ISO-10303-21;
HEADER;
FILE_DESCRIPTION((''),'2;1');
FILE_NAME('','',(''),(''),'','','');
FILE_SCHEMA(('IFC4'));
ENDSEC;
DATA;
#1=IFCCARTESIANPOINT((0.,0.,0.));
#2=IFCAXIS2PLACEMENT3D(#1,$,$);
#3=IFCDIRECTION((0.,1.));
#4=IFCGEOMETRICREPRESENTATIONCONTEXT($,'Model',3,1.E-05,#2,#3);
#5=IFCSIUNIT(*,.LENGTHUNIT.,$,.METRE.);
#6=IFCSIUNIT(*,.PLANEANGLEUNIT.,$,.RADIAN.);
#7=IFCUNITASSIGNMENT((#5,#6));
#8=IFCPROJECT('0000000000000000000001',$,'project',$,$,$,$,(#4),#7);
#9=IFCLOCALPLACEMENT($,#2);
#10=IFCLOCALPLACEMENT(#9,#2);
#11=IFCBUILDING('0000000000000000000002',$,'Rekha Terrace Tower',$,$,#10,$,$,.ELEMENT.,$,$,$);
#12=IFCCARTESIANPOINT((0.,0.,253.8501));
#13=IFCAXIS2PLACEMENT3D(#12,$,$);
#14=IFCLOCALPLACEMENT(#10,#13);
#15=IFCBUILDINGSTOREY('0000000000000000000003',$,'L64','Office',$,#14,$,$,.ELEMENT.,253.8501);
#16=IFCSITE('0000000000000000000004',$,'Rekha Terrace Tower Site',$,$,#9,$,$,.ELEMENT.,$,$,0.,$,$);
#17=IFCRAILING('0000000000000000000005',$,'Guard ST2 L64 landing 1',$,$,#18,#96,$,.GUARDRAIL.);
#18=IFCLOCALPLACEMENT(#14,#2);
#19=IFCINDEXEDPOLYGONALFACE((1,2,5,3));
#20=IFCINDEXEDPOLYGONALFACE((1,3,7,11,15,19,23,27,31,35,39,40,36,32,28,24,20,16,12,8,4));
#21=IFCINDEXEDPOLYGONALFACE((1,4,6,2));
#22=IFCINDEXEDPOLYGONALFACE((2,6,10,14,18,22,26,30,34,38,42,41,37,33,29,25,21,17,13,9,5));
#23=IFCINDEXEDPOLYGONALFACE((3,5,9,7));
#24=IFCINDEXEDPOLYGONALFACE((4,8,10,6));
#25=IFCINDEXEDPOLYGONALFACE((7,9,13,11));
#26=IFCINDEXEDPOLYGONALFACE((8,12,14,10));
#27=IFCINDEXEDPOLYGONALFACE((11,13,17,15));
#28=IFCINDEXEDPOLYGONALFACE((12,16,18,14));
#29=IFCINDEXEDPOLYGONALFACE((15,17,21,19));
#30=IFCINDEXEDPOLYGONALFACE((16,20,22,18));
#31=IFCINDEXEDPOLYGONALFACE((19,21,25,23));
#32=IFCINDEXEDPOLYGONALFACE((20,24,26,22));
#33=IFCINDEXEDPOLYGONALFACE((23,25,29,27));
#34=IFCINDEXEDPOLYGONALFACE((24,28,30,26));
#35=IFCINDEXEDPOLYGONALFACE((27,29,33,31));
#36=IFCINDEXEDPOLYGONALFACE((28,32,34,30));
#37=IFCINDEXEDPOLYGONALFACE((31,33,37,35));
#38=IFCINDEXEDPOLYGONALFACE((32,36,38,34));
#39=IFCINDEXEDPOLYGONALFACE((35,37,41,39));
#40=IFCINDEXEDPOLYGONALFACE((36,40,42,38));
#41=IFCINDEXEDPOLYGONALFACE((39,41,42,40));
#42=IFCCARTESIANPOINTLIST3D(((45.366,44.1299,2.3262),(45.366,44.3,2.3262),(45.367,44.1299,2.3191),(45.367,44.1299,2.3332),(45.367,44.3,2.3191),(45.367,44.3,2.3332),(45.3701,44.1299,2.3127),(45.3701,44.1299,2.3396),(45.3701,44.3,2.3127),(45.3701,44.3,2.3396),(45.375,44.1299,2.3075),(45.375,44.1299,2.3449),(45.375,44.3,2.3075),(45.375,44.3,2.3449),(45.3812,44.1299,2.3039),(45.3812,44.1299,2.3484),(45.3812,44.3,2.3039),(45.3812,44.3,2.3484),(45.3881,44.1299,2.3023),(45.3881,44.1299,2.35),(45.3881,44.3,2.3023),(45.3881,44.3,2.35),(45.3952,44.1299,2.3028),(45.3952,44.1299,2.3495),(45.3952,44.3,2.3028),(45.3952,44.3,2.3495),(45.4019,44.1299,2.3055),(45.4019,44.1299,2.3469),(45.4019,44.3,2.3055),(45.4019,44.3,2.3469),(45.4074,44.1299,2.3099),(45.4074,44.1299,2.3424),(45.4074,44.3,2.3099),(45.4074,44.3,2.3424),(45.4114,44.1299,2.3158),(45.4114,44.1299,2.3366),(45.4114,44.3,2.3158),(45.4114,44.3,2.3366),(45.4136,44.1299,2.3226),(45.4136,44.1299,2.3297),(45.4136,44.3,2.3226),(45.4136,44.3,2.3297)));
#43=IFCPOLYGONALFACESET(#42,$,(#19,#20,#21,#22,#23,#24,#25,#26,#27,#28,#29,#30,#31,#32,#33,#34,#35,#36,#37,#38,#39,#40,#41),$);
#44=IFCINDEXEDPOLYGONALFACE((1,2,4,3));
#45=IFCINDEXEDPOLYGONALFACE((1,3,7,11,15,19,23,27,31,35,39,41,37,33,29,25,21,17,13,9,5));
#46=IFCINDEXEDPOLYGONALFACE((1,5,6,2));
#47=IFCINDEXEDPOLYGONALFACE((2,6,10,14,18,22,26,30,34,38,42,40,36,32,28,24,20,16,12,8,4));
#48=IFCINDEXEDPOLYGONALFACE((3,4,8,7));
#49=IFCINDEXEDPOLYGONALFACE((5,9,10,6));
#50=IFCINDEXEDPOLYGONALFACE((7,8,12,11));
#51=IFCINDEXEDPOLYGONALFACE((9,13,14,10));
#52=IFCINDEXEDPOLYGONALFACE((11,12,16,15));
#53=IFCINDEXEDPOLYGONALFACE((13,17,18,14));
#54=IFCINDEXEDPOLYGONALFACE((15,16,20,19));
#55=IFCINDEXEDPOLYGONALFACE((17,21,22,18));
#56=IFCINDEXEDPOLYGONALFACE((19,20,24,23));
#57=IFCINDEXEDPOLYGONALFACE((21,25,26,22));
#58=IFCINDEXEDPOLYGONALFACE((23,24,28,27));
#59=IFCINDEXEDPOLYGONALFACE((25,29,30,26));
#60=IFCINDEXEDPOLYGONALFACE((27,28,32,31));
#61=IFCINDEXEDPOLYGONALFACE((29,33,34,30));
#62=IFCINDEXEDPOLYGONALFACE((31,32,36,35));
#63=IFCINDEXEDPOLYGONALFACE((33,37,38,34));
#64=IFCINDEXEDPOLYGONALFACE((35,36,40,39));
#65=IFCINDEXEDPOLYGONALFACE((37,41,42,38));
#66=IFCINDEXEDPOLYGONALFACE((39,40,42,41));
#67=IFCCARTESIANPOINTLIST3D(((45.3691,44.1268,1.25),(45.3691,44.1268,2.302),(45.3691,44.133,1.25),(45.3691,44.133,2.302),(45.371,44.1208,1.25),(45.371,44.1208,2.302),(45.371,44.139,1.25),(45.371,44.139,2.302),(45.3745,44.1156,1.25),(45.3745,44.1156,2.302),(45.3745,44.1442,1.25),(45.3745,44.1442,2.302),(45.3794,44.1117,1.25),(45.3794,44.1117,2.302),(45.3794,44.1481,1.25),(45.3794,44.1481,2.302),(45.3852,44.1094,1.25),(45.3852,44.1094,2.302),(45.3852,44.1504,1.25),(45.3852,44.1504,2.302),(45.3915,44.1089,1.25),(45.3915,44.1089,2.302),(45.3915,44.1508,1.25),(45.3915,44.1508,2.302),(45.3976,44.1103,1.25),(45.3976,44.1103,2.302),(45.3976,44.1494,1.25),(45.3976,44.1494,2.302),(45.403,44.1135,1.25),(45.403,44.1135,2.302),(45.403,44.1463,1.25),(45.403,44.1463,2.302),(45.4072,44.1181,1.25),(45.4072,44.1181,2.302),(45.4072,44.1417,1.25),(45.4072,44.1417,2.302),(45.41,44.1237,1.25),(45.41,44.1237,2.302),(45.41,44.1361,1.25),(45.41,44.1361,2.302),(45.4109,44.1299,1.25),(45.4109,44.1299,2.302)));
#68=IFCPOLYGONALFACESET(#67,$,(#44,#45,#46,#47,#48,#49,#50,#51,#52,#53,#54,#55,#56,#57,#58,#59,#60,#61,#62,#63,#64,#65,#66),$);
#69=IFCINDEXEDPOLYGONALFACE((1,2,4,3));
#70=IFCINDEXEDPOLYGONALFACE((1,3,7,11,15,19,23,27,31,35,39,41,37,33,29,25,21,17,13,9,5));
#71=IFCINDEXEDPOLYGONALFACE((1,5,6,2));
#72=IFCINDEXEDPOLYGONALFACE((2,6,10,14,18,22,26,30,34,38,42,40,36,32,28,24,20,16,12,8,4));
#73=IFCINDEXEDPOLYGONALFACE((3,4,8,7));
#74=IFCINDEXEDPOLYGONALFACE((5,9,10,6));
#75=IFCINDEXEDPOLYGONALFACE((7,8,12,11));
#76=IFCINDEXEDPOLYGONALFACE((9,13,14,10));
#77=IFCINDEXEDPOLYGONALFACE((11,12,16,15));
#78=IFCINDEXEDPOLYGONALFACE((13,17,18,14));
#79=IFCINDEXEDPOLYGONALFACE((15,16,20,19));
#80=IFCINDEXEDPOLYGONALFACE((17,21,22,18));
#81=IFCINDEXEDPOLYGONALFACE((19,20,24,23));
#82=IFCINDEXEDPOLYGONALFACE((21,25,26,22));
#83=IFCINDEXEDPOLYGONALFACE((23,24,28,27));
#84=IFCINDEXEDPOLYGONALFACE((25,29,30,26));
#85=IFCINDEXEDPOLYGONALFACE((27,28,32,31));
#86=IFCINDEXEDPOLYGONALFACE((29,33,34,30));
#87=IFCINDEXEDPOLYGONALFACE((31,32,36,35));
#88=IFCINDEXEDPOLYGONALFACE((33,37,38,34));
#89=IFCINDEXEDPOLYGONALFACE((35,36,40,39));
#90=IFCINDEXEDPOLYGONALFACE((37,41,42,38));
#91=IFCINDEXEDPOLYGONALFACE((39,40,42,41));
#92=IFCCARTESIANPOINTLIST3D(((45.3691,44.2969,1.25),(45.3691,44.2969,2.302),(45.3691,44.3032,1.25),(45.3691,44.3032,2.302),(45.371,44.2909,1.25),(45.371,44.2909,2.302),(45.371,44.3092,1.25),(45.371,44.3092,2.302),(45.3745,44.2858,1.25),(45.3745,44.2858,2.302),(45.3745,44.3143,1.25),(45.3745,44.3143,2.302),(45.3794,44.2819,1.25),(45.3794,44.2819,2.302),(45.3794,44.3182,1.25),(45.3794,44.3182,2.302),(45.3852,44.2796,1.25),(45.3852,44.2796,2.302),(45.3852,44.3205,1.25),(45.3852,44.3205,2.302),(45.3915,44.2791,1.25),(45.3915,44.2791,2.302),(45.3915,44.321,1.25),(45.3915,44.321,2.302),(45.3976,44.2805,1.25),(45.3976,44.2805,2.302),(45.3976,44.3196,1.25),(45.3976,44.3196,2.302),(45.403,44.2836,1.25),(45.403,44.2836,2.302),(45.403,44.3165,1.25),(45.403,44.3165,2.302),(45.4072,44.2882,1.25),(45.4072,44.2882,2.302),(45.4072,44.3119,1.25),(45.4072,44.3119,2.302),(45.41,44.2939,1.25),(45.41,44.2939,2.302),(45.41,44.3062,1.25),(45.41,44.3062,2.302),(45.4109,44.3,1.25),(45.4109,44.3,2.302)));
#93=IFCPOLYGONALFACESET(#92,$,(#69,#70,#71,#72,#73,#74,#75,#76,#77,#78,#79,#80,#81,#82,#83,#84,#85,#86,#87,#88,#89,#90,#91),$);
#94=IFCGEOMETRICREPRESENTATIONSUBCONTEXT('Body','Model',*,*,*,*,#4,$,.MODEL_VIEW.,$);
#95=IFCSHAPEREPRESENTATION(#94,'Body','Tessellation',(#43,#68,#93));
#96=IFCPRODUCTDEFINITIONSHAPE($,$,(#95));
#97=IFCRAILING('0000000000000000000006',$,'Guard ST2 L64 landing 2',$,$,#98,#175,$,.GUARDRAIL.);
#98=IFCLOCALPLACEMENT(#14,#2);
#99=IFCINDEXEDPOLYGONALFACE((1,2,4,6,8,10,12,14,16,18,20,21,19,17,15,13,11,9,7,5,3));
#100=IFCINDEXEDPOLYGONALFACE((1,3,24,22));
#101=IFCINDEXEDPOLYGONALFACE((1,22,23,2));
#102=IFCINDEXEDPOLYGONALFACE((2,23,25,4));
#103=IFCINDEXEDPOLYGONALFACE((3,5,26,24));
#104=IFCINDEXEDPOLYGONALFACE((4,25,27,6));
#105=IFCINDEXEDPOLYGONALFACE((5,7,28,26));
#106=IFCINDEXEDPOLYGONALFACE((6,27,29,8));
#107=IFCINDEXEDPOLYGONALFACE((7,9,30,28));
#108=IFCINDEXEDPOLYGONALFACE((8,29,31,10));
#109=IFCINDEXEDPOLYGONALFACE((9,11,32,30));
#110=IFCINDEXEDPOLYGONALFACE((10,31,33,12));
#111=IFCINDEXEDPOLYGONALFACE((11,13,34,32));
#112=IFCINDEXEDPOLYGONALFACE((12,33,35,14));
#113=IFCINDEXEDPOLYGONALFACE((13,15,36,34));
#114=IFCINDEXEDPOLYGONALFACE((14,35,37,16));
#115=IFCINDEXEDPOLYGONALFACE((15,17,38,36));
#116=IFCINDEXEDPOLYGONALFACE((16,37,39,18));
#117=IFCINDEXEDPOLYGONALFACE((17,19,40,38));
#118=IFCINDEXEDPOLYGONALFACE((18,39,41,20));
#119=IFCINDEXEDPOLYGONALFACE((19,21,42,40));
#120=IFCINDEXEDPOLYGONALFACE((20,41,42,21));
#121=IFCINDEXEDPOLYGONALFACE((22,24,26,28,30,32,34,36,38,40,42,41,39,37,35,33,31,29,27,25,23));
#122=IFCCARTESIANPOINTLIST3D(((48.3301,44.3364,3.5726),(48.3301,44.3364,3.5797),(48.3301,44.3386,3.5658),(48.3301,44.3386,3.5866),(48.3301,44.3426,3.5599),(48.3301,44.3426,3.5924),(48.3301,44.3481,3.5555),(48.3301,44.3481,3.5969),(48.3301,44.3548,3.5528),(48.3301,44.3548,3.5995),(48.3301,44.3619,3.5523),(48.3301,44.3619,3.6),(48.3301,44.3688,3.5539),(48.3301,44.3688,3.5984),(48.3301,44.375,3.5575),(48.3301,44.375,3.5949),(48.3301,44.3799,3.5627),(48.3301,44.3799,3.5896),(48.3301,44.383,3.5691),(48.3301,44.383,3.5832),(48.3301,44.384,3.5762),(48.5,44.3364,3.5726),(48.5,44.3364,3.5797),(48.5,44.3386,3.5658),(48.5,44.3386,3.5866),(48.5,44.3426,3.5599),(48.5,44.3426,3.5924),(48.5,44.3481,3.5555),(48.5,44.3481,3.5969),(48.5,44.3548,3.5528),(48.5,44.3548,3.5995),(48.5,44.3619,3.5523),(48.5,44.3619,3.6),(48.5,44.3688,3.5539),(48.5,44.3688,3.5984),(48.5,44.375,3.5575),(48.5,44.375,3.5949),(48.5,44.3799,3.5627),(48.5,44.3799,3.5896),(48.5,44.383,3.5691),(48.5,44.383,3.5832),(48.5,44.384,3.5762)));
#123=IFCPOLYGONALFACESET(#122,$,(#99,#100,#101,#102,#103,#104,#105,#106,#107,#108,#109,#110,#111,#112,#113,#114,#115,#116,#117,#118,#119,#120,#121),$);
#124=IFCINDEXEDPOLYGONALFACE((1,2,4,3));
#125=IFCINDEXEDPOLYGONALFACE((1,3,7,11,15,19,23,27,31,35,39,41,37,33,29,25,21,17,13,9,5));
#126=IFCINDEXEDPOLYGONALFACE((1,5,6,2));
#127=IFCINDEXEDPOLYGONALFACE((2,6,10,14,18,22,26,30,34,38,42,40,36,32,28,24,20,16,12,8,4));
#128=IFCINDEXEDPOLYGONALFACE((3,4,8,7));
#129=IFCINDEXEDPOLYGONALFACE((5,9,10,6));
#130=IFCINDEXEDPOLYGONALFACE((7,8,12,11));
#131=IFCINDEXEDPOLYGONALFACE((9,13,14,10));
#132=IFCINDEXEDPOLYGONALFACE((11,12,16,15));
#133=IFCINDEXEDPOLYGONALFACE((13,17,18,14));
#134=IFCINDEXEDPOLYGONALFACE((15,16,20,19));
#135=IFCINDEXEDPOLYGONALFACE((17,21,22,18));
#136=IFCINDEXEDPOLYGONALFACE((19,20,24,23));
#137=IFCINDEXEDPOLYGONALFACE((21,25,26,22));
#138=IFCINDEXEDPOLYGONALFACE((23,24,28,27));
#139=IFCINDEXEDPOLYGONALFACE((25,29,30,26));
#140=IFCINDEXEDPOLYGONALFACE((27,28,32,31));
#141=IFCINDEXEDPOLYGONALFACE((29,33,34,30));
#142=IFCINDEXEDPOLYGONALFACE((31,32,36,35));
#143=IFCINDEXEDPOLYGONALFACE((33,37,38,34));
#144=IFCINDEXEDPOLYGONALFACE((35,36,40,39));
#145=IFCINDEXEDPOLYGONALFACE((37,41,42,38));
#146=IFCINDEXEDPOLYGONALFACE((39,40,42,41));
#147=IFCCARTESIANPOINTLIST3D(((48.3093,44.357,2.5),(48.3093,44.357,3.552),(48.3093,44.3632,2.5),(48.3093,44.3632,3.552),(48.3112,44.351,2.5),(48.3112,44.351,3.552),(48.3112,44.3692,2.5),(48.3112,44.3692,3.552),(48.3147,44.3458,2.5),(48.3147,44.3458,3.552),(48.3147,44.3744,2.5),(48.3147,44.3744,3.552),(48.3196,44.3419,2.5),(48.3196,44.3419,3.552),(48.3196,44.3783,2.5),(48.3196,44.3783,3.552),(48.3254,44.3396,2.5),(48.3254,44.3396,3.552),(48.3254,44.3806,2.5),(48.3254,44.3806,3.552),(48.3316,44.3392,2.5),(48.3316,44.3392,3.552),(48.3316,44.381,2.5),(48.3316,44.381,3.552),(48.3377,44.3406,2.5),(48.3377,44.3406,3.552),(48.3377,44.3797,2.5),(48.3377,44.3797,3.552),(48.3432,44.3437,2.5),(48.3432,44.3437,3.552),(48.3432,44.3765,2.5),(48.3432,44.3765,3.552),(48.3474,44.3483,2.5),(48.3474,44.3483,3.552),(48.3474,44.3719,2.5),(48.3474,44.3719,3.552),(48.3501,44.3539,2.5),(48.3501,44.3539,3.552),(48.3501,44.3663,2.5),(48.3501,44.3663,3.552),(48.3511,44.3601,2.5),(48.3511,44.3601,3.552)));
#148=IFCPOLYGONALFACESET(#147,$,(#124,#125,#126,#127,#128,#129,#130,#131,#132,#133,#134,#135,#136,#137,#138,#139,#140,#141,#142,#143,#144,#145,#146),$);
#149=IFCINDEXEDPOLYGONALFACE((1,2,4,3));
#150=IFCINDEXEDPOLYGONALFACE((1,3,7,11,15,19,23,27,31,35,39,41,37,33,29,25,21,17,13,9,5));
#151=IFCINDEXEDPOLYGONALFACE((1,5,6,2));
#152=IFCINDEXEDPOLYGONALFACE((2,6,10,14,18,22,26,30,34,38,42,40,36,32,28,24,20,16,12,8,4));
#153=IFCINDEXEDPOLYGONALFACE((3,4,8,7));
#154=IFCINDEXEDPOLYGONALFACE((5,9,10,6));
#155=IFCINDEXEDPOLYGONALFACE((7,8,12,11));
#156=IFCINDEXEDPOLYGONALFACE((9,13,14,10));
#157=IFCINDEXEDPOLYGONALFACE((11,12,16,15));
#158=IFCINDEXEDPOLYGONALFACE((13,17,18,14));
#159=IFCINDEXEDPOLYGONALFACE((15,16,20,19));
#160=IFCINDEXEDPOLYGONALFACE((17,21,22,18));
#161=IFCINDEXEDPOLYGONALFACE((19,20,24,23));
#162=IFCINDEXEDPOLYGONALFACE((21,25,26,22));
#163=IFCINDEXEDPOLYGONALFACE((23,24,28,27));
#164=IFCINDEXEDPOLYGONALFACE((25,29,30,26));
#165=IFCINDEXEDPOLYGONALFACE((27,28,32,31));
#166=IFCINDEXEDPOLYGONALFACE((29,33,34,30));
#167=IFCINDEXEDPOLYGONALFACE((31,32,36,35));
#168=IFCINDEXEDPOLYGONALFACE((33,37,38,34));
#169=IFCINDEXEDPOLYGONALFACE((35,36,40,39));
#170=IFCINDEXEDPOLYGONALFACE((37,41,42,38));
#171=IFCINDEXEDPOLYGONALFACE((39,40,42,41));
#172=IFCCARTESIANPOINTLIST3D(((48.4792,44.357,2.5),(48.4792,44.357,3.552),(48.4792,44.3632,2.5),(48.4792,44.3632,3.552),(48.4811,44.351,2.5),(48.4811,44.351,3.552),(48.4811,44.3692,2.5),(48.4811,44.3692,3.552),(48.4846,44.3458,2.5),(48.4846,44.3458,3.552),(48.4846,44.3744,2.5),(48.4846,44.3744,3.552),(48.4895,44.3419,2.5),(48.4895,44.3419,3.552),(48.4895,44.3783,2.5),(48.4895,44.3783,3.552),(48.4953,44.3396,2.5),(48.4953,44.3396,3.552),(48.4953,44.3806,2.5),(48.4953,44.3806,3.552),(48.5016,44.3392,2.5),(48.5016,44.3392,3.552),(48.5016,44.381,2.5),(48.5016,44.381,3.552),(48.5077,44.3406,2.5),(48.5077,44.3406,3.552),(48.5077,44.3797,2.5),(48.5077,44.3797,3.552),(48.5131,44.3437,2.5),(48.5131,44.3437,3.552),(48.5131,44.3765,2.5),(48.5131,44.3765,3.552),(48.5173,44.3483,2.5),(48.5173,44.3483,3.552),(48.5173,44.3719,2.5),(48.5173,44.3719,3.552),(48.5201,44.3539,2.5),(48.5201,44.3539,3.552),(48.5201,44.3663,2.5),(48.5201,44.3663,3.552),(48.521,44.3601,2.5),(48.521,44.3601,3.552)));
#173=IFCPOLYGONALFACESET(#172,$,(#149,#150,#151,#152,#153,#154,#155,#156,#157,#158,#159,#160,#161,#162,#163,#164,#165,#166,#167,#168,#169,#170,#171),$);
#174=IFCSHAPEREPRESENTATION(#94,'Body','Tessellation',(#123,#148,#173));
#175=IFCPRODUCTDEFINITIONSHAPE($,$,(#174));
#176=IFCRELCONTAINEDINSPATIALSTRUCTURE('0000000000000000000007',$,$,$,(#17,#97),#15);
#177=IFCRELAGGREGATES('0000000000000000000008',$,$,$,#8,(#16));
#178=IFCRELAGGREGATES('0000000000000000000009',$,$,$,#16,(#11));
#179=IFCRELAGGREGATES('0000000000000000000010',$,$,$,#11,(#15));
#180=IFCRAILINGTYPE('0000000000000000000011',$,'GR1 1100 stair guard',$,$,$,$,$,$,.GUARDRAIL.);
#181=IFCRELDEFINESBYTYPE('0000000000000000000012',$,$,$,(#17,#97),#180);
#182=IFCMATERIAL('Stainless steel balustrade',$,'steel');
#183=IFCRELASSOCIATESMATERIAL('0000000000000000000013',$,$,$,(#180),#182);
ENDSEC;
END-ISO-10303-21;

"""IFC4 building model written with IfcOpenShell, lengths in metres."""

from ifc_helpers import new_model, si_unit, direction, frame, origin, origin_2d, place, context, subcontext, project, spatial, circle, extrude, material, type_object, element, save


model = new_model("IFC4")

# Units and contexts
model_context = context("Model", 3, precision=1e-05, world=origin(), true_north=direction((0.0, 1.0)))
body_context = subcontext(model_context, "Body", "Model", "MODEL_VIEW")
ifc_project = project(units=[si_unit("LENGTHUNIT", "METRE"), si_unit("PLANEANGLEUNIT", "RADIAN")], contexts=[model_context])

# Site, building, storey
site_placement = place(None, origin())
site = spatial("IfcSite", under=ifc_project, at=site_placement, Name="Rekha Terrace Tower Site", CompositionType="ELEMENT", RefElevation=0.0)
building_placement = place(site_placement, origin())
building = spatial("IfcBuilding", under=site, at=building_placement, Name="Rekha Terrace Tower", CompositionType="ELEMENT")
storey_placement = place(building_placement, frame((0.0, 0.0, 253.8501)))
storey = spatial("IfcBuildingStorey", under=building, at=storey_placement, Name="L64", Description="Office", CompositionType="ELEMENT", Elevation=253.8501)

# Railings
ifc_material_1 = material(Name="Stainless steel balustrade", Category="steel")
railing_type_1 = type_object("IfcRailingType", Name="GR1 1100 stair guard", PredefinedType="GUARDRAIL", material=ifc_material_1)
railing_1_placement = place(storey_placement, frame((45.3899, 44.1299, 1.25)))
element("IfcRailing", 1, at=railing_1_placement, inside=storey, type_object=railing_type_1, Name="Guard ST2 L64 landing 1", PredefinedType="GUARDRAIL", context=body_context, shape_type="SweptSolid", body=[
    extrude(circle(Radius=0.0239, at=origin_2d()), frame((0.0, 0.0, 1.0762), z_axis=(0.0, 1.0, 0.0), x_axis=(-1.0, 0.0, 0.0)), (0.0, 0.0, 1.0), 0.1702),
    extrude(circle(Radius=0.021, at=origin_2d()), origin(), (0.0, 0.0, 1.0), 1.052),
    extrude(circle(Radius=0.021, at=origin_2d()), frame((0.0, 0.1702, 0.0)), (0.0, 0.0, 1.0), 1.052),
])
railing_2_placement = place(storey_placement, frame((48.3301, 44.3601, 2.5)))
element("IfcRailing", 2, at=railing_2_placement, inside=storey, type_object=railing_type_1, Name="Guard ST2 L64 landing 2", PredefinedType="GUARDRAIL", context=body_context, shape_type="SweptSolid", body=[
    extrude(circle(Radius=0.0239, at=origin_2d()), frame((0.0, 0.0, 1.0762), z_axis=(1.0, 0.0, 0.0), x_axis=(0.0, 1.0, 0.0)), (0.0, 0.0, 1.0), 0.1699),
    extrude(circle(Radius=0.021, at=origin_2d()), origin(), (0.0, 0.0, 1.0), 1.052),
    extrude(circle(Radius=0.021, at=origin_2d()), frame((0.1699, 0.0, 0.0)), (0.0, 0.0, 1.0), 1.052),
])

save(model, "model.ifc")
